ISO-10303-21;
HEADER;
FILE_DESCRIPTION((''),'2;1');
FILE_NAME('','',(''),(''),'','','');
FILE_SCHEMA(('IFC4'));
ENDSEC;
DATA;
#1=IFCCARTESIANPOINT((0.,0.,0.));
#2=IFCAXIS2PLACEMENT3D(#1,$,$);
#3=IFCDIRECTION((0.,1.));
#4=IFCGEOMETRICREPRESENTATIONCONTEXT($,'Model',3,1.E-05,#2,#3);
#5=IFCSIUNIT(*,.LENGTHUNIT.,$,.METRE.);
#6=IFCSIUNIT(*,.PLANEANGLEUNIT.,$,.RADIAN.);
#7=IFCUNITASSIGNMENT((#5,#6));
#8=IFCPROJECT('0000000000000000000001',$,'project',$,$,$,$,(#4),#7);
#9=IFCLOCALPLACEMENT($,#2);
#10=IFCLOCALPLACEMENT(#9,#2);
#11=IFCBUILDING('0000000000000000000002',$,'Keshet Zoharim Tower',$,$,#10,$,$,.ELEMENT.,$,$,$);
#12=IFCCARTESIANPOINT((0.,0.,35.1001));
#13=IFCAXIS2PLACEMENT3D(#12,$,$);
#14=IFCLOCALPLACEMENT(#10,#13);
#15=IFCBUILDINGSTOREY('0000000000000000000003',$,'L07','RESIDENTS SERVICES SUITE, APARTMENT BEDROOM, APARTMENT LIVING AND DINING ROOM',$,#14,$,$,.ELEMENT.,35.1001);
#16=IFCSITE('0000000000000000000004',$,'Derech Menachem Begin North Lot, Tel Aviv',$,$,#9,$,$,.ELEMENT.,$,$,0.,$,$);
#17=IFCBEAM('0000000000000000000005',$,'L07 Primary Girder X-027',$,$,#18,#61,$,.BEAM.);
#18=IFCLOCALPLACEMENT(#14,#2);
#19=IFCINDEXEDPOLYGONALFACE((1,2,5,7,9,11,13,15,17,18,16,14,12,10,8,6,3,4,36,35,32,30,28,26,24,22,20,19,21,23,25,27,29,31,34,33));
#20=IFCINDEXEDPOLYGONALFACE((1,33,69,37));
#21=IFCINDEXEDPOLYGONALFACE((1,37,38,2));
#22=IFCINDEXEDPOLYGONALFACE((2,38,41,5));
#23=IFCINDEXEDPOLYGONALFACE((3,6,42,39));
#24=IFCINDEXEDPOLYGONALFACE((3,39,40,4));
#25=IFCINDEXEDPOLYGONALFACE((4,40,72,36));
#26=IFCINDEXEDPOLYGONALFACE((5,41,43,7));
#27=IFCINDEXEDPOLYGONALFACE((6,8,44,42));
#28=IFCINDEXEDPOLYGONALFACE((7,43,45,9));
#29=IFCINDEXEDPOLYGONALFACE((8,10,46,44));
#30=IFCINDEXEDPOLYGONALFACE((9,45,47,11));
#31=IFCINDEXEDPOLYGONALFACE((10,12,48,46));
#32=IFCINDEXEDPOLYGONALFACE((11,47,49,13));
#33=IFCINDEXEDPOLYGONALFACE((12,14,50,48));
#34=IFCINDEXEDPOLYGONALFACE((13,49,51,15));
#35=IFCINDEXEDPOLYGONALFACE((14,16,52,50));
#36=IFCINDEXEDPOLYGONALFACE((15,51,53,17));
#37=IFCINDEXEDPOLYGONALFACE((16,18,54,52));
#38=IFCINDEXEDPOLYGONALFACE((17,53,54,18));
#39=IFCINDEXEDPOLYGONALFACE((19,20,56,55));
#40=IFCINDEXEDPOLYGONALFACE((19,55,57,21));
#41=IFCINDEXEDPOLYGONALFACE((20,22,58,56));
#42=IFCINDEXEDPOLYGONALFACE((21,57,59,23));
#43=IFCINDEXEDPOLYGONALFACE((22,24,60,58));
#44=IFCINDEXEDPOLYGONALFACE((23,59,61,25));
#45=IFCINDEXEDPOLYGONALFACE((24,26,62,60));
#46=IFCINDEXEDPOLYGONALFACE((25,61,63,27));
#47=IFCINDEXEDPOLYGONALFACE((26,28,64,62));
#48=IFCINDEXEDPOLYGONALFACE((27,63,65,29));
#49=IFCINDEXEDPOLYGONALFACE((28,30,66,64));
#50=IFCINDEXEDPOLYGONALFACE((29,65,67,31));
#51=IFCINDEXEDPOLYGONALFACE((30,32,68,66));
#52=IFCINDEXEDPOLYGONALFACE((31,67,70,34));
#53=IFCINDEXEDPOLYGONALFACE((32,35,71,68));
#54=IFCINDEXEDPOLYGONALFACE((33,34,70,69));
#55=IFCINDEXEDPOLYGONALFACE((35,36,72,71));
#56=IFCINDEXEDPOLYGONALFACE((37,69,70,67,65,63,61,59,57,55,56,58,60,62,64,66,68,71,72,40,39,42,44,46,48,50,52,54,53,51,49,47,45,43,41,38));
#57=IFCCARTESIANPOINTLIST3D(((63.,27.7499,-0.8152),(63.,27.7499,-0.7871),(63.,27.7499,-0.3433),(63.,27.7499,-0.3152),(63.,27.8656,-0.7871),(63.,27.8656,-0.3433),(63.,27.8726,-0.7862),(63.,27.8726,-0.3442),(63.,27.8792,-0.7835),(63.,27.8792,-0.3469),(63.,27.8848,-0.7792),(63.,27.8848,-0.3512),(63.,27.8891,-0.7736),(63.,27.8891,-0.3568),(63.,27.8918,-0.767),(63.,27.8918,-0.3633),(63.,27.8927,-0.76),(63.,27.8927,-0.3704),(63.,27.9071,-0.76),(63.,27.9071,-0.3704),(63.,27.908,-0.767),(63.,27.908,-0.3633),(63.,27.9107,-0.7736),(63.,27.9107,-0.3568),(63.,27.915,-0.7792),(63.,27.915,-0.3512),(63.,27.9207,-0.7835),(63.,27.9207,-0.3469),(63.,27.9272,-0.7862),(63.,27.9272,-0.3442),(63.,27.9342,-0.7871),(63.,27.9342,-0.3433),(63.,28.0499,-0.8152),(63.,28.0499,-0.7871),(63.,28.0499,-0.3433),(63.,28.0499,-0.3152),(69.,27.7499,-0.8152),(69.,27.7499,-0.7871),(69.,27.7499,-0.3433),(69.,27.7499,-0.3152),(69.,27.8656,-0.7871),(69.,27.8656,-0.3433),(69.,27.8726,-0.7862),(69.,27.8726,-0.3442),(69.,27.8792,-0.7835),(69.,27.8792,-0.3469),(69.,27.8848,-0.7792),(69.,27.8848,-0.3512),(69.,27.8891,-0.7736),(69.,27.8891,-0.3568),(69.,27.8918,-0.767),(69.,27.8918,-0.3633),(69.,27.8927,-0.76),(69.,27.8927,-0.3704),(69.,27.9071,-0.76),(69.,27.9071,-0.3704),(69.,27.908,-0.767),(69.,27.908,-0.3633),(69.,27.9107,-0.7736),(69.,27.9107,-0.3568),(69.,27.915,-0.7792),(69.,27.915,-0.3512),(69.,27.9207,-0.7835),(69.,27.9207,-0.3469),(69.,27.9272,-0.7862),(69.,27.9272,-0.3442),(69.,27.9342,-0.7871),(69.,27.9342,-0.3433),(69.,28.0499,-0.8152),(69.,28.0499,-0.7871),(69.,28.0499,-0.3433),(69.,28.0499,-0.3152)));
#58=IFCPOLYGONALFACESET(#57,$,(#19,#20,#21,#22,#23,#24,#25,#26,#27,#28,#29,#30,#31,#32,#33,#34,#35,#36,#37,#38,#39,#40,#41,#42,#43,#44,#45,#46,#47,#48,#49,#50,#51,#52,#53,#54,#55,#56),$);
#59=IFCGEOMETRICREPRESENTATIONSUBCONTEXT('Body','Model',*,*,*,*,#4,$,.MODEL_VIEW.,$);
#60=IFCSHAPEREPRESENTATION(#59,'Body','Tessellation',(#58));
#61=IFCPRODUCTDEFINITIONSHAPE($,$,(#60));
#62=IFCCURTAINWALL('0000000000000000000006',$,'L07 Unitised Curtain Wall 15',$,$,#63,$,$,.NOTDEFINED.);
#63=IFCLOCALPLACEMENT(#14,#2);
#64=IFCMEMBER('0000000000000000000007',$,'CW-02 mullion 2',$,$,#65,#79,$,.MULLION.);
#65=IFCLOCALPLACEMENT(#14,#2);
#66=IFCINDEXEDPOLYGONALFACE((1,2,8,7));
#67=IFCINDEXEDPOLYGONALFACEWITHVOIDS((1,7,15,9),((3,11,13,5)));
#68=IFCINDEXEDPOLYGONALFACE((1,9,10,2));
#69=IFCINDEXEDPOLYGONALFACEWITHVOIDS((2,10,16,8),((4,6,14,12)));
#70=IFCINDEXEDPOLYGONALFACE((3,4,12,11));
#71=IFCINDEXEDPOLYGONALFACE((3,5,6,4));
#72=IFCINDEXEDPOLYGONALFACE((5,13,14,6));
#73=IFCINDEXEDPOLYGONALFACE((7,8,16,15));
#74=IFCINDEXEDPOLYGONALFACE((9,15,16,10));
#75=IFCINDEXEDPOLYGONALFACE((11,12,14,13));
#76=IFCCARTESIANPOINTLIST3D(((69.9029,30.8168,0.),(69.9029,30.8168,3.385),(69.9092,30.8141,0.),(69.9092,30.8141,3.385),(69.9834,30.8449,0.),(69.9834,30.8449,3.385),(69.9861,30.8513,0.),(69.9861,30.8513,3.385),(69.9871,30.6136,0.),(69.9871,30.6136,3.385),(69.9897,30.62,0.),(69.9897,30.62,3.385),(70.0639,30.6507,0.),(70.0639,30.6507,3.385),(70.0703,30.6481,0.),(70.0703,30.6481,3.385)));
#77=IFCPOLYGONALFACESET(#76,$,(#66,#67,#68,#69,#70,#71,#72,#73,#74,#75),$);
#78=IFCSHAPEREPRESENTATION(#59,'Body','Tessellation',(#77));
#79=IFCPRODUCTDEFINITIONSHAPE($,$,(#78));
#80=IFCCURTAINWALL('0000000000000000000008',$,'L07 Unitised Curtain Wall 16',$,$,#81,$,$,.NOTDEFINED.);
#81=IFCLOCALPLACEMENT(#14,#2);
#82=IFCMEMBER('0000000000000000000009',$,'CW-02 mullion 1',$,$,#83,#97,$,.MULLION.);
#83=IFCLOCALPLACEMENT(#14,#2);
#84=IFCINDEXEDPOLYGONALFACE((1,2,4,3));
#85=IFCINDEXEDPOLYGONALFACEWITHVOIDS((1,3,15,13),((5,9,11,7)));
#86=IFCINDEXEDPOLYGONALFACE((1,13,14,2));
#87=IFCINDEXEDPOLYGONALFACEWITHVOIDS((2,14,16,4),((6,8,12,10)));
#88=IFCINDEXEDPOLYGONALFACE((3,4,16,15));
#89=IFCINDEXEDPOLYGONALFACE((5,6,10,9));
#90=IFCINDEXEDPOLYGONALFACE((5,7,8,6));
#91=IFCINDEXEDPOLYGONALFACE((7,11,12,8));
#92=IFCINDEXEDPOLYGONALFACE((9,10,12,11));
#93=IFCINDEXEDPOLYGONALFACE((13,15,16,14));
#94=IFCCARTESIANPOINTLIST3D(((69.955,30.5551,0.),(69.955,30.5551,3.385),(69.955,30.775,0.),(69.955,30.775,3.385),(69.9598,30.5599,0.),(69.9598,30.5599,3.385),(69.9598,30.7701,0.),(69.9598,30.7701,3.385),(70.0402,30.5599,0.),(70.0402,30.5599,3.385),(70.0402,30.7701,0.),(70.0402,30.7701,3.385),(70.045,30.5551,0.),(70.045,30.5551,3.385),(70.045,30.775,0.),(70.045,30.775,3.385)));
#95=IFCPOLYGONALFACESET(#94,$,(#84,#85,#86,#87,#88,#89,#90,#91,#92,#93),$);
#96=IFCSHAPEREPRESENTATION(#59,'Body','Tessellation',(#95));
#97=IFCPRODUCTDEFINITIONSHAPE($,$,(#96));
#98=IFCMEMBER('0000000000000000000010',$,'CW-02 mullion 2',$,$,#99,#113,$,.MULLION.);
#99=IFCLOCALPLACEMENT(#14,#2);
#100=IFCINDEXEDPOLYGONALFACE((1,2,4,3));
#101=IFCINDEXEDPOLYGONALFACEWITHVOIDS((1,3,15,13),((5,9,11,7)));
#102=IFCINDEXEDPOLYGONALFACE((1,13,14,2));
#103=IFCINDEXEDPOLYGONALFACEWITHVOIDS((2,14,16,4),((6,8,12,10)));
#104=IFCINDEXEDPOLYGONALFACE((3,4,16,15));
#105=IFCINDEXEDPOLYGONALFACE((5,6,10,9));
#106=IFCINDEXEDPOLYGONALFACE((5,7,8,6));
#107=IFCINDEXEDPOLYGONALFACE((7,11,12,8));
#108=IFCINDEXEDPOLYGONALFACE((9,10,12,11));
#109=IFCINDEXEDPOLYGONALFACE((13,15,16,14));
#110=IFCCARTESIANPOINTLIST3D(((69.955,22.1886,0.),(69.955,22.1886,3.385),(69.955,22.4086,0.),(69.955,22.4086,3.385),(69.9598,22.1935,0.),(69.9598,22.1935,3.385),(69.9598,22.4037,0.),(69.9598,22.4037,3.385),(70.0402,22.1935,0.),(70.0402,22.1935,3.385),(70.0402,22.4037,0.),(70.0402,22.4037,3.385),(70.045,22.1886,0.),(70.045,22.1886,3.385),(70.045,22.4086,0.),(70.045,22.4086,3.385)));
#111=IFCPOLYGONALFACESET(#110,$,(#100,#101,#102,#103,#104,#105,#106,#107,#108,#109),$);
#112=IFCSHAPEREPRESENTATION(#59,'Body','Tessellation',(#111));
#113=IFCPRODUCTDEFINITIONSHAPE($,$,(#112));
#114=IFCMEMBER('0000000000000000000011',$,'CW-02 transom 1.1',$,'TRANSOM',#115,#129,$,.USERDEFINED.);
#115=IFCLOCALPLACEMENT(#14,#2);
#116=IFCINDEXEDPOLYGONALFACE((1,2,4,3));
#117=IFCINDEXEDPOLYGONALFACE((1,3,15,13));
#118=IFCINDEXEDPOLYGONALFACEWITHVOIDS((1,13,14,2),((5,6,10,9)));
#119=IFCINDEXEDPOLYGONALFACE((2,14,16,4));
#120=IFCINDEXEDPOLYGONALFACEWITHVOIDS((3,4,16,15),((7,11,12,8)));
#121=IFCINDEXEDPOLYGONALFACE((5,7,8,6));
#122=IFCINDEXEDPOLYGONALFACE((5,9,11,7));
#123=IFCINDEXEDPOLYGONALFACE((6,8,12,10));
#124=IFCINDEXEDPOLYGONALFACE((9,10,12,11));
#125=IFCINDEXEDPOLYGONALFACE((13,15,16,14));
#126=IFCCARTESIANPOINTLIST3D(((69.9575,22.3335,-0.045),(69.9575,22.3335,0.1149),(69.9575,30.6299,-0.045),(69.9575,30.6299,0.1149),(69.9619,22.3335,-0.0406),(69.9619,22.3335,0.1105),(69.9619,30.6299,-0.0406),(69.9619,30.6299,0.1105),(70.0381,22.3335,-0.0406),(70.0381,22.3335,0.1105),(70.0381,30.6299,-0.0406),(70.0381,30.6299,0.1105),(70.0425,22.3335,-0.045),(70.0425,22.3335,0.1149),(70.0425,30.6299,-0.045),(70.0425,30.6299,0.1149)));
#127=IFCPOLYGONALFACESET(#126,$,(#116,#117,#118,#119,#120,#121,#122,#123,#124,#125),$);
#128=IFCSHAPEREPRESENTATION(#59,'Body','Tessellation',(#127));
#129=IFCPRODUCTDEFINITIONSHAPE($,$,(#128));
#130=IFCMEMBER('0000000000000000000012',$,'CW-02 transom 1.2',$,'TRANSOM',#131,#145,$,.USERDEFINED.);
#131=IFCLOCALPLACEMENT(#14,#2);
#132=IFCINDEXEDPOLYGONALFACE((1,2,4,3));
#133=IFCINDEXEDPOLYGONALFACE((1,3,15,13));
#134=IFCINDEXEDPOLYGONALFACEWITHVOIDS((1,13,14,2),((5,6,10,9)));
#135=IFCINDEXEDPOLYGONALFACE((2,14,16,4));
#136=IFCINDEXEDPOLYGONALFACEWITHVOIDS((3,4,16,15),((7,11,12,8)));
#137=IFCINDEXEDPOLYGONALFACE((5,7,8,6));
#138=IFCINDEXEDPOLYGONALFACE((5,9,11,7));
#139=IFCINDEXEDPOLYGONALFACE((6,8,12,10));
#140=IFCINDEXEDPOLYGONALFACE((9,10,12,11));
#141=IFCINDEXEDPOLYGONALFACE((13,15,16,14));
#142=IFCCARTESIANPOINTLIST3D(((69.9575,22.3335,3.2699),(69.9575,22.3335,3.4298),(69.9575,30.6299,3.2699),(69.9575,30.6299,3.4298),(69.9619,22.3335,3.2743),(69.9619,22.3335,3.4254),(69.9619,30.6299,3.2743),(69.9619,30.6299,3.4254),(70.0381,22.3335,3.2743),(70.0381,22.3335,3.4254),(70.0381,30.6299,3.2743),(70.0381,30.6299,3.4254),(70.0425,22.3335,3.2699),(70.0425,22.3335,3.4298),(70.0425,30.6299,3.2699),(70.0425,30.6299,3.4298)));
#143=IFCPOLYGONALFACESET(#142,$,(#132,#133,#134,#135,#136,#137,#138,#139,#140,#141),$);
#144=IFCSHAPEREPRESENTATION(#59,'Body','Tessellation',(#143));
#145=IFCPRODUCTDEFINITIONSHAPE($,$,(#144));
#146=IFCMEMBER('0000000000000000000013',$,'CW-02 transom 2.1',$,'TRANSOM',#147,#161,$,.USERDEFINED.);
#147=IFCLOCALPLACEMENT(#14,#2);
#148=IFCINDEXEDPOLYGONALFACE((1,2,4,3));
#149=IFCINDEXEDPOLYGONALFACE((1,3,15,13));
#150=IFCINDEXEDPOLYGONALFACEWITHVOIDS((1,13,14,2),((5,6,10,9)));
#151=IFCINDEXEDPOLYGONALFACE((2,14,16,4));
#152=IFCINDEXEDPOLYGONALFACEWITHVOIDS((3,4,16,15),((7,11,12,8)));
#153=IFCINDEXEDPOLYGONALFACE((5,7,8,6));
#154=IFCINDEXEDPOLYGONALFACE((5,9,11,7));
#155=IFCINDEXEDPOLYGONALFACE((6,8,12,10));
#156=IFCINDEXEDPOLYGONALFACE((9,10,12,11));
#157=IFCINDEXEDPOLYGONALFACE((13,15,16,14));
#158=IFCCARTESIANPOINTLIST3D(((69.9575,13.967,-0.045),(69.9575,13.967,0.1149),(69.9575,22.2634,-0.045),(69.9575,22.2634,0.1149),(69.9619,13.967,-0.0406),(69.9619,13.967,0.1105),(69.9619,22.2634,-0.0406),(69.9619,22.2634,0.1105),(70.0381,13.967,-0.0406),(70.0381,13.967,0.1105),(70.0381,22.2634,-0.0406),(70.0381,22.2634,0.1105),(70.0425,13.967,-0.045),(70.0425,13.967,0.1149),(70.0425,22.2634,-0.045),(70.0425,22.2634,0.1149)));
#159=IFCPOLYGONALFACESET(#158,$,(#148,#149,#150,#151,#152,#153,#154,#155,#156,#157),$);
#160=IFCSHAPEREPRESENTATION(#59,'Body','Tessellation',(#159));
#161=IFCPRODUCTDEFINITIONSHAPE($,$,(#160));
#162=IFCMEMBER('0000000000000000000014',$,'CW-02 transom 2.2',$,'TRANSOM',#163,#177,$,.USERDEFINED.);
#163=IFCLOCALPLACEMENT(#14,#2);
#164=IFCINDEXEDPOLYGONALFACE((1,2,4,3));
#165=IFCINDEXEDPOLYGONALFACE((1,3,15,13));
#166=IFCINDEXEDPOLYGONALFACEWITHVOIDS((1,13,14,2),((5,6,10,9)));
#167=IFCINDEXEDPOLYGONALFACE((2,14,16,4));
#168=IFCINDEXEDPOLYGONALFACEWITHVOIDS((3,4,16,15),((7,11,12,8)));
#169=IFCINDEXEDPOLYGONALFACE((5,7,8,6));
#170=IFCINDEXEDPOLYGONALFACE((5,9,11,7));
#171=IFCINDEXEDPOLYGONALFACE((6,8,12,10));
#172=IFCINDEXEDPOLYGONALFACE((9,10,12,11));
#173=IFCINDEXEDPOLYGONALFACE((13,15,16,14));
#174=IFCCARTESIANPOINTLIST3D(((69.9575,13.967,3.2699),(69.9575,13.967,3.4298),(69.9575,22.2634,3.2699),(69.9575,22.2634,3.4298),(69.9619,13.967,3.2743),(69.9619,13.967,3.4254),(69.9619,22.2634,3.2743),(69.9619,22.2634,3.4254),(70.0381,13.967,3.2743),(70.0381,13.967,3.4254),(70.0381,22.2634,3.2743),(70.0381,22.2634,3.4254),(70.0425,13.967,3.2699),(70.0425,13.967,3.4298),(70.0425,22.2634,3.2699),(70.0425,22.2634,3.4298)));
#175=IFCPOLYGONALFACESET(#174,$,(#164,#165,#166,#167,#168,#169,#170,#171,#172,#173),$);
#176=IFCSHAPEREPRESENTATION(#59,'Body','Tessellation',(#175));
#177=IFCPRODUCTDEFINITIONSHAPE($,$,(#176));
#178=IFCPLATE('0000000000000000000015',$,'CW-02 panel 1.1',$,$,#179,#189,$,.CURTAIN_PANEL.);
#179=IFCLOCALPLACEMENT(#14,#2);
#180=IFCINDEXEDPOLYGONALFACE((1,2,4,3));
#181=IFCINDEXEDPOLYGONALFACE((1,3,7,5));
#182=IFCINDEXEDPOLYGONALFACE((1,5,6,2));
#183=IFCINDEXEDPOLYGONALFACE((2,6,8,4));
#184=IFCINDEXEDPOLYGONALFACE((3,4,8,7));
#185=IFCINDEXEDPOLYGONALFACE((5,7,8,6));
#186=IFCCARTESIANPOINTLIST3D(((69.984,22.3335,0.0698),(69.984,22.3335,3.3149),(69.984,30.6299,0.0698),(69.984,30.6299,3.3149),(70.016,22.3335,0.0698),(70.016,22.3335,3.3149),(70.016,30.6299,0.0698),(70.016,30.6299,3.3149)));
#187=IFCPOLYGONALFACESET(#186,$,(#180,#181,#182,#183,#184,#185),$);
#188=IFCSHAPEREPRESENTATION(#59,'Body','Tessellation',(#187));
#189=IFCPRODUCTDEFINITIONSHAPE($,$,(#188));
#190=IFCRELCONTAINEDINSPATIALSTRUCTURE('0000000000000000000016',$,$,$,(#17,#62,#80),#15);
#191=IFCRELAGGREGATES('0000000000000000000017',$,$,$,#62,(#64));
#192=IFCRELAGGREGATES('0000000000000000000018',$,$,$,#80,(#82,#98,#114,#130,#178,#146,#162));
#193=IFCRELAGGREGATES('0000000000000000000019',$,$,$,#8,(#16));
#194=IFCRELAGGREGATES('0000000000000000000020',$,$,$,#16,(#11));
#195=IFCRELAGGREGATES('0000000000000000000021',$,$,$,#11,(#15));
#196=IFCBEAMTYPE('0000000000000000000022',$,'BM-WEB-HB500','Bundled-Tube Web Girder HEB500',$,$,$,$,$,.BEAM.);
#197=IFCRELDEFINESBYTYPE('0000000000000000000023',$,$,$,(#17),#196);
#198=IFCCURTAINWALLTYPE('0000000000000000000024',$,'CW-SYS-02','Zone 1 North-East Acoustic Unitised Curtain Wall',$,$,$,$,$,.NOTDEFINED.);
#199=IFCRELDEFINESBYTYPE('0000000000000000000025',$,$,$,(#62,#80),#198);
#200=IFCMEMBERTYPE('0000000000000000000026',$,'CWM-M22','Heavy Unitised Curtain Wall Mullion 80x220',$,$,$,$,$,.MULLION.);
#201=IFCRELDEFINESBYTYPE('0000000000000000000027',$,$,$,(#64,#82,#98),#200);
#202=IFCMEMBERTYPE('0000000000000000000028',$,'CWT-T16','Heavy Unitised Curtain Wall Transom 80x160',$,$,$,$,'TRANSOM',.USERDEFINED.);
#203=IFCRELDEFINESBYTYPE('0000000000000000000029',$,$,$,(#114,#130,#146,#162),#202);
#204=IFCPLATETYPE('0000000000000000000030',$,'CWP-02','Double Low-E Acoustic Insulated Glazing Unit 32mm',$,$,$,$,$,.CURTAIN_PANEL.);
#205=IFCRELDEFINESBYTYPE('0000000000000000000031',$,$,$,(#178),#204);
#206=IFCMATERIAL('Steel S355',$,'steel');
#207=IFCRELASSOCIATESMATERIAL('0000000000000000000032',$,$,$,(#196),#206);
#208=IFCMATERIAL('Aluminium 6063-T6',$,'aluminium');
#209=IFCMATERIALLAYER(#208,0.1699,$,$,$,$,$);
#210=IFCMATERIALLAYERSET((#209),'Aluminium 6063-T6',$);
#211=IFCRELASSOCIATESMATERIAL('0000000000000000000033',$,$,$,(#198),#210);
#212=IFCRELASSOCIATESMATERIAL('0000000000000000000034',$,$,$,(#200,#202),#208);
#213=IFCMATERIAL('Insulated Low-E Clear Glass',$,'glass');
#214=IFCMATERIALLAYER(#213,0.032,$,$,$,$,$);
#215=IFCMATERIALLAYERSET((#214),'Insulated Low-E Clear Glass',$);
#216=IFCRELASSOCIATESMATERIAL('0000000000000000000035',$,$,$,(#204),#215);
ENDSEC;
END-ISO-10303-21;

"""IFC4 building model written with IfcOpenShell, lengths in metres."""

from ifc_helpers import new_model, si_unit, direction, frame, origin, origin_2d, place, context, subcontext, project, spatial, rectangle, hollow_rectangle, i_section, extrude, material, layer, layer_set, material_profile, profile_set, type_object, element, aggregate, save


model = new_model("IFC4")

# Units and contexts
model_context = context("Model", 3, precision=1e-05, world=origin(), true_north=direction((0.0, 1.0)))
body_context = subcontext(model_context, "Body", "Model", "MODEL_VIEW")
ifc_project = project(units=[si_unit("LENGTHUNIT", "METRE"), si_unit("PLANEANGLEUNIT", "RADIAN")], contexts=[model_context])

# Site, building, storey
site_placement = place(None, origin())
site = spatial("IfcSite", under=ifc_project, at=site_placement, Name="Derech Menachem Begin North Lot, Tel Aviv", CompositionType="ELEMENT", RefElevation=0.0)
building_placement = place(site_placement, origin())
building = spatial("IfcBuilding", under=site, at=building_placement, Name="Keshet Zoharim Tower", CompositionType="ELEMENT")
storey_placement = place(building_placement, frame((0.0, 0.0, 35.1001)))
storey = spatial("IfcBuildingStorey", under=building, at=storey_placement, Name="L07", Description="RESIDENTS SERVICES SUITE, APARTMENT BEDROOM, APARTMENT LIVING AND DINING ROOM", CompositionType="ELEMENT", Elevation=35.1001)

# Shared definitions
ifc_material_1 = material(Name="Steel S355", Category="steel")

# Beam
ifc_material_profile_1 = material_profile(ifc_material_1, i_section(OverallWidth=0.3, OverallDepth=0.5, WebThickness=0.0144, FlangeThickness=0.0281, FilletRadius=0.0271, at=origin_2d()), Name="HEB500")
ifc_profile_set_1 = profile_set([ifc_material_profile_1], Name="Steel S355")
beam_type_1 = type_object("IfcBeamType", Name="BM-WEB-HB500", Description="Bundled-Tube Web Girder HEB500", PredefinedType="BEAM", material=ifc_profile_set_1)
for number, where, z_axis, x_axis, name in (
    (1, (63.0, 27.8999, -0.5652), (1.0, 0.0, 0.0), (0.0, 1.0, 0.0), "L07 Primary Girder X-027"),
):
    element("IfcBeam", number, at=place(storey_placement, frame(where, z_axis=z_axis, x_axis=x_axis)), inside=storey, type_object=beam_type_1, Name=name, PredefinedType="BEAM", context=body_context, shape_type="SweptSolid", body=[
        extrude(i_section(OverallWidth=0.3, OverallDepth=0.5, WebThickness=0.0144, FlangeThickness=0.0281, FilletRadius=0.0271, at=origin_2d()), origin(), (0.0, 0.0, 1.0), 6.0),
    ])

# Curtain wall, member
ifc_material_2 = material(Name="Aluminium 6063-T6", Category="aluminium")
ifc_layer_1 = layer(ifc_material_2, 0.1699)
ifc_layer_set_1 = layer_set([ifc_layer_1], Name="Aluminium 6063-T6")
curtain_wall_type = type_object("IfcCurtainWallType", Name="CW-SYS-02", Description="Zone 1 North-East Acoustic Unitised Curtain Wall", PredefinedType="NOTDEFINED", material=ifc_layer_set_1)
curtain_wall_1_placement = place(storey_placement, origin())
curtain_wall_1 = element("IfcCurtainWall", 2, at=curtain_wall_1_placement, inside=storey, type_object=curtain_wall_type, Name="L07 Unitised Curtain Wall 15", PredefinedType="NOTDEFINED")
ifc_material_profile_2 = material_profile(ifc_material_2, hollow_rectangle(XDim=0.0901, YDim=0.22, WallThickness=0.0049, at=origin_2d()), Name="MUL-90x220")
ifc_profile_set_2 = profile_set([ifc_material_profile_2], Name="Aluminium 6063-T6")
member_type_1 = type_object("IfcMemberType", Name="CWM-M22", Description="Heavy Unitised Curtain Wall Mullion 80x220", PredefinedType="MULLION", material=ifc_profile_set_2)
member_1_placement = place(storey_placement, frame((69.9866, 30.7324, 0.0), z_axis=(0.0, 0.0, 1.0), x_axis=(0.92381, 0.382852, 0.0)))
member_1 = element("IfcMember", 3, at=member_1_placement, type_object=member_type_1, Name="CW-02 mullion 2", PredefinedType="MULLION", context=body_context, shape_type="SweptSolid", body=[
    extrude(hollow_rectangle(XDim=0.0901, YDim=0.22, WallThickness=0.0049, at=origin_2d()), origin(), (0.0, 0.0, 1.0), 3.385),
])
aggregate(curtain_wall_1, [member_1])

# Curtain wall, members, plate
curtain_wall_2_placement = place(storey_placement, origin())
curtain_wall_2 = element("IfcCurtainWall", 4, at=curtain_wall_2_placement, inside=storey, type_object=curtain_wall_type, Name="L07 Unitised Curtain Wall 16", PredefinedType="NOTDEFINED")
member_2_placement = place(storey_placement, frame((70.0, 30.665, 0.0), z_axis=(0.0, 0.0, 1.0), x_axis=(1.0, 0.0, 0.0)))
member_2 = element("IfcMember", 5, at=member_2_placement, type_object=member_type_1, Name="CW-02 mullion 1", PredefinedType="MULLION", context=body_context, shape_type="SweptSolid", body=[
    extrude(hollow_rectangle(XDim=0.0901, YDim=0.22, WallThickness=0.0049, at=origin_2d()), origin(), (0.0, 0.0, 1.0), 3.385),
])
member_3_placement = place(storey_placement, frame((70.0, 22.2986, 0.0), z_axis=(0.0, 0.0, 1.0), x_axis=(1.0, 0.0, 0.0)))
member_3 = element("IfcMember", 6, at=member_3_placement, type_object=member_type_1, Name="CW-02 mullion 2", PredefinedType="MULLION", context=body_context, shape_type="SweptSolid", body=[
    extrude(hollow_rectangle(XDim=0.0901, YDim=0.22, WallThickness=0.0049, at=origin_2d()), origin(), (0.0, 0.0, 1.0), 3.385),
])
ifc_material_profile_3 = material_profile(ifc_material_2, hollow_rectangle(XDim=0.085, YDim=0.1599, WallThickness=0.0044, at=origin_2d()), Name="TRN-85x160")
ifc_profile_set_3 = profile_set([ifc_material_profile_3], Name="Aluminium 6063-T6")
member_type_2 = type_object("IfcMemberType", Name="CWT-T16", Description="Heavy Unitised Curtain Wall Transom 80x160", ElementType="TRANSOM", PredefinedType="USERDEFINED", material=ifc_profile_set_3)
member_4_placement = place(storey_placement, frame((70.0, 30.6299, 0.0349), z_axis=(0.0, -1.0, 0.0), x_axis=(1.0, 0.0, 0.0)))
member_4 = element("IfcMember", 7, at=member_4_placement, type_object=member_type_2, Name="CW-02 transom 1.1", ObjectType="TRANSOM", PredefinedType="USERDEFINED", context=body_context, shape_type="SweptSolid", body=[
    extrude(hollow_rectangle(XDim=0.085, YDim=0.1599, WallThickness=0.0044, at=origin_2d()), origin(), (0.0, 0.0, 1.0), 8.2964),
])
member_5_placement = place(storey_placement, frame((70.0, 30.6299, 3.3499), z_axis=(0.0, -1.0, 0.0), x_axis=(1.0, 0.0, 0.0)))
member_5 = element("IfcMember", 8, at=member_5_placement, type_object=member_type_2, Name="CW-02 transom 1.2", ObjectType="TRANSOM", PredefinedType="USERDEFINED", context=body_context, shape_type="SweptSolid", body=[
    extrude(hollow_rectangle(XDim=0.085, YDim=0.1599, WallThickness=0.0044, at=origin_2d()), origin(), (0.0, 0.0, 1.0), 8.2964),
])
member_6_placement = place(storey_placement, frame((70.0, 22.2634, 0.0349), z_axis=(0.0, -1.0, 0.0), x_axis=(1.0, 0.0, 0.0)))
member_6 = element("IfcMember", 9, at=member_6_placement, type_object=member_type_2, Name="CW-02 transom 2.1", ObjectType="TRANSOM", PredefinedType="USERDEFINED", context=body_context, shape_type="SweptSolid", body=[
    extrude(hollow_rectangle(XDim=0.085, YDim=0.1599, WallThickness=0.0044, at=origin_2d()), origin(), (0.0, 0.0, 1.0), 8.2964),
])
member_7_placement = place(storey_placement, frame((70.0, 22.2634, 3.3499), z_axis=(0.0, -1.0, 0.0), x_axis=(1.0, 0.0, 0.0)))
member_7 = element("IfcMember", 10, at=member_7_placement, type_object=member_type_2, Name="CW-02 transom 2.2", ObjectType="TRANSOM", PredefinedType="USERDEFINED", context=body_context, shape_type="SweptSolid", body=[
    extrude(hollow_rectangle(XDim=0.085, YDim=0.1599, WallThickness=0.0044, at=origin_2d()), origin(), (0.0, 0.0, 1.0), 8.2964),
])
ifc_material_3 = material(Name="Insulated Low-E Clear Glass", Category="glass")
ifc_layer_2 = layer(ifc_material_3, 0.032)
ifc_layer_set_2 = layer_set([ifc_layer_2], Name="Insulated Low-E Clear Glass")
plate_type = type_object("IfcPlateType", Name="CWP-02", Description="Double Low-E Acoustic Insulated Glazing Unit 32mm", PredefinedType="CURTAIN_PANEL", material=ifc_layer_set_2)
plate_1_placement = place(storey_placement, frame((70.0, 26.4817, 0.0698), z_axis=(0.0, 0.0, 1.0), x_axis=(0.0, -1.0, 0.0)))
plate_1 = element("IfcPlate", 11, at=plate_1_placement, type_object=plate_type, Name="CW-02 panel 1.1", PredefinedType="CURTAIN_PANEL", context=body_context, shape_type="SweptSolid", body=[
    extrude(rectangle(XDim=8.2964, YDim=0.032, at=origin_2d()), origin(), (0.0, 0.0, 1.0), 3.2451),
])
aggregate(curtain_wall_2, [member_2, member_3, member_4, member_5, plate_1, member_6, member_7])

save(model, "model.ifc")
